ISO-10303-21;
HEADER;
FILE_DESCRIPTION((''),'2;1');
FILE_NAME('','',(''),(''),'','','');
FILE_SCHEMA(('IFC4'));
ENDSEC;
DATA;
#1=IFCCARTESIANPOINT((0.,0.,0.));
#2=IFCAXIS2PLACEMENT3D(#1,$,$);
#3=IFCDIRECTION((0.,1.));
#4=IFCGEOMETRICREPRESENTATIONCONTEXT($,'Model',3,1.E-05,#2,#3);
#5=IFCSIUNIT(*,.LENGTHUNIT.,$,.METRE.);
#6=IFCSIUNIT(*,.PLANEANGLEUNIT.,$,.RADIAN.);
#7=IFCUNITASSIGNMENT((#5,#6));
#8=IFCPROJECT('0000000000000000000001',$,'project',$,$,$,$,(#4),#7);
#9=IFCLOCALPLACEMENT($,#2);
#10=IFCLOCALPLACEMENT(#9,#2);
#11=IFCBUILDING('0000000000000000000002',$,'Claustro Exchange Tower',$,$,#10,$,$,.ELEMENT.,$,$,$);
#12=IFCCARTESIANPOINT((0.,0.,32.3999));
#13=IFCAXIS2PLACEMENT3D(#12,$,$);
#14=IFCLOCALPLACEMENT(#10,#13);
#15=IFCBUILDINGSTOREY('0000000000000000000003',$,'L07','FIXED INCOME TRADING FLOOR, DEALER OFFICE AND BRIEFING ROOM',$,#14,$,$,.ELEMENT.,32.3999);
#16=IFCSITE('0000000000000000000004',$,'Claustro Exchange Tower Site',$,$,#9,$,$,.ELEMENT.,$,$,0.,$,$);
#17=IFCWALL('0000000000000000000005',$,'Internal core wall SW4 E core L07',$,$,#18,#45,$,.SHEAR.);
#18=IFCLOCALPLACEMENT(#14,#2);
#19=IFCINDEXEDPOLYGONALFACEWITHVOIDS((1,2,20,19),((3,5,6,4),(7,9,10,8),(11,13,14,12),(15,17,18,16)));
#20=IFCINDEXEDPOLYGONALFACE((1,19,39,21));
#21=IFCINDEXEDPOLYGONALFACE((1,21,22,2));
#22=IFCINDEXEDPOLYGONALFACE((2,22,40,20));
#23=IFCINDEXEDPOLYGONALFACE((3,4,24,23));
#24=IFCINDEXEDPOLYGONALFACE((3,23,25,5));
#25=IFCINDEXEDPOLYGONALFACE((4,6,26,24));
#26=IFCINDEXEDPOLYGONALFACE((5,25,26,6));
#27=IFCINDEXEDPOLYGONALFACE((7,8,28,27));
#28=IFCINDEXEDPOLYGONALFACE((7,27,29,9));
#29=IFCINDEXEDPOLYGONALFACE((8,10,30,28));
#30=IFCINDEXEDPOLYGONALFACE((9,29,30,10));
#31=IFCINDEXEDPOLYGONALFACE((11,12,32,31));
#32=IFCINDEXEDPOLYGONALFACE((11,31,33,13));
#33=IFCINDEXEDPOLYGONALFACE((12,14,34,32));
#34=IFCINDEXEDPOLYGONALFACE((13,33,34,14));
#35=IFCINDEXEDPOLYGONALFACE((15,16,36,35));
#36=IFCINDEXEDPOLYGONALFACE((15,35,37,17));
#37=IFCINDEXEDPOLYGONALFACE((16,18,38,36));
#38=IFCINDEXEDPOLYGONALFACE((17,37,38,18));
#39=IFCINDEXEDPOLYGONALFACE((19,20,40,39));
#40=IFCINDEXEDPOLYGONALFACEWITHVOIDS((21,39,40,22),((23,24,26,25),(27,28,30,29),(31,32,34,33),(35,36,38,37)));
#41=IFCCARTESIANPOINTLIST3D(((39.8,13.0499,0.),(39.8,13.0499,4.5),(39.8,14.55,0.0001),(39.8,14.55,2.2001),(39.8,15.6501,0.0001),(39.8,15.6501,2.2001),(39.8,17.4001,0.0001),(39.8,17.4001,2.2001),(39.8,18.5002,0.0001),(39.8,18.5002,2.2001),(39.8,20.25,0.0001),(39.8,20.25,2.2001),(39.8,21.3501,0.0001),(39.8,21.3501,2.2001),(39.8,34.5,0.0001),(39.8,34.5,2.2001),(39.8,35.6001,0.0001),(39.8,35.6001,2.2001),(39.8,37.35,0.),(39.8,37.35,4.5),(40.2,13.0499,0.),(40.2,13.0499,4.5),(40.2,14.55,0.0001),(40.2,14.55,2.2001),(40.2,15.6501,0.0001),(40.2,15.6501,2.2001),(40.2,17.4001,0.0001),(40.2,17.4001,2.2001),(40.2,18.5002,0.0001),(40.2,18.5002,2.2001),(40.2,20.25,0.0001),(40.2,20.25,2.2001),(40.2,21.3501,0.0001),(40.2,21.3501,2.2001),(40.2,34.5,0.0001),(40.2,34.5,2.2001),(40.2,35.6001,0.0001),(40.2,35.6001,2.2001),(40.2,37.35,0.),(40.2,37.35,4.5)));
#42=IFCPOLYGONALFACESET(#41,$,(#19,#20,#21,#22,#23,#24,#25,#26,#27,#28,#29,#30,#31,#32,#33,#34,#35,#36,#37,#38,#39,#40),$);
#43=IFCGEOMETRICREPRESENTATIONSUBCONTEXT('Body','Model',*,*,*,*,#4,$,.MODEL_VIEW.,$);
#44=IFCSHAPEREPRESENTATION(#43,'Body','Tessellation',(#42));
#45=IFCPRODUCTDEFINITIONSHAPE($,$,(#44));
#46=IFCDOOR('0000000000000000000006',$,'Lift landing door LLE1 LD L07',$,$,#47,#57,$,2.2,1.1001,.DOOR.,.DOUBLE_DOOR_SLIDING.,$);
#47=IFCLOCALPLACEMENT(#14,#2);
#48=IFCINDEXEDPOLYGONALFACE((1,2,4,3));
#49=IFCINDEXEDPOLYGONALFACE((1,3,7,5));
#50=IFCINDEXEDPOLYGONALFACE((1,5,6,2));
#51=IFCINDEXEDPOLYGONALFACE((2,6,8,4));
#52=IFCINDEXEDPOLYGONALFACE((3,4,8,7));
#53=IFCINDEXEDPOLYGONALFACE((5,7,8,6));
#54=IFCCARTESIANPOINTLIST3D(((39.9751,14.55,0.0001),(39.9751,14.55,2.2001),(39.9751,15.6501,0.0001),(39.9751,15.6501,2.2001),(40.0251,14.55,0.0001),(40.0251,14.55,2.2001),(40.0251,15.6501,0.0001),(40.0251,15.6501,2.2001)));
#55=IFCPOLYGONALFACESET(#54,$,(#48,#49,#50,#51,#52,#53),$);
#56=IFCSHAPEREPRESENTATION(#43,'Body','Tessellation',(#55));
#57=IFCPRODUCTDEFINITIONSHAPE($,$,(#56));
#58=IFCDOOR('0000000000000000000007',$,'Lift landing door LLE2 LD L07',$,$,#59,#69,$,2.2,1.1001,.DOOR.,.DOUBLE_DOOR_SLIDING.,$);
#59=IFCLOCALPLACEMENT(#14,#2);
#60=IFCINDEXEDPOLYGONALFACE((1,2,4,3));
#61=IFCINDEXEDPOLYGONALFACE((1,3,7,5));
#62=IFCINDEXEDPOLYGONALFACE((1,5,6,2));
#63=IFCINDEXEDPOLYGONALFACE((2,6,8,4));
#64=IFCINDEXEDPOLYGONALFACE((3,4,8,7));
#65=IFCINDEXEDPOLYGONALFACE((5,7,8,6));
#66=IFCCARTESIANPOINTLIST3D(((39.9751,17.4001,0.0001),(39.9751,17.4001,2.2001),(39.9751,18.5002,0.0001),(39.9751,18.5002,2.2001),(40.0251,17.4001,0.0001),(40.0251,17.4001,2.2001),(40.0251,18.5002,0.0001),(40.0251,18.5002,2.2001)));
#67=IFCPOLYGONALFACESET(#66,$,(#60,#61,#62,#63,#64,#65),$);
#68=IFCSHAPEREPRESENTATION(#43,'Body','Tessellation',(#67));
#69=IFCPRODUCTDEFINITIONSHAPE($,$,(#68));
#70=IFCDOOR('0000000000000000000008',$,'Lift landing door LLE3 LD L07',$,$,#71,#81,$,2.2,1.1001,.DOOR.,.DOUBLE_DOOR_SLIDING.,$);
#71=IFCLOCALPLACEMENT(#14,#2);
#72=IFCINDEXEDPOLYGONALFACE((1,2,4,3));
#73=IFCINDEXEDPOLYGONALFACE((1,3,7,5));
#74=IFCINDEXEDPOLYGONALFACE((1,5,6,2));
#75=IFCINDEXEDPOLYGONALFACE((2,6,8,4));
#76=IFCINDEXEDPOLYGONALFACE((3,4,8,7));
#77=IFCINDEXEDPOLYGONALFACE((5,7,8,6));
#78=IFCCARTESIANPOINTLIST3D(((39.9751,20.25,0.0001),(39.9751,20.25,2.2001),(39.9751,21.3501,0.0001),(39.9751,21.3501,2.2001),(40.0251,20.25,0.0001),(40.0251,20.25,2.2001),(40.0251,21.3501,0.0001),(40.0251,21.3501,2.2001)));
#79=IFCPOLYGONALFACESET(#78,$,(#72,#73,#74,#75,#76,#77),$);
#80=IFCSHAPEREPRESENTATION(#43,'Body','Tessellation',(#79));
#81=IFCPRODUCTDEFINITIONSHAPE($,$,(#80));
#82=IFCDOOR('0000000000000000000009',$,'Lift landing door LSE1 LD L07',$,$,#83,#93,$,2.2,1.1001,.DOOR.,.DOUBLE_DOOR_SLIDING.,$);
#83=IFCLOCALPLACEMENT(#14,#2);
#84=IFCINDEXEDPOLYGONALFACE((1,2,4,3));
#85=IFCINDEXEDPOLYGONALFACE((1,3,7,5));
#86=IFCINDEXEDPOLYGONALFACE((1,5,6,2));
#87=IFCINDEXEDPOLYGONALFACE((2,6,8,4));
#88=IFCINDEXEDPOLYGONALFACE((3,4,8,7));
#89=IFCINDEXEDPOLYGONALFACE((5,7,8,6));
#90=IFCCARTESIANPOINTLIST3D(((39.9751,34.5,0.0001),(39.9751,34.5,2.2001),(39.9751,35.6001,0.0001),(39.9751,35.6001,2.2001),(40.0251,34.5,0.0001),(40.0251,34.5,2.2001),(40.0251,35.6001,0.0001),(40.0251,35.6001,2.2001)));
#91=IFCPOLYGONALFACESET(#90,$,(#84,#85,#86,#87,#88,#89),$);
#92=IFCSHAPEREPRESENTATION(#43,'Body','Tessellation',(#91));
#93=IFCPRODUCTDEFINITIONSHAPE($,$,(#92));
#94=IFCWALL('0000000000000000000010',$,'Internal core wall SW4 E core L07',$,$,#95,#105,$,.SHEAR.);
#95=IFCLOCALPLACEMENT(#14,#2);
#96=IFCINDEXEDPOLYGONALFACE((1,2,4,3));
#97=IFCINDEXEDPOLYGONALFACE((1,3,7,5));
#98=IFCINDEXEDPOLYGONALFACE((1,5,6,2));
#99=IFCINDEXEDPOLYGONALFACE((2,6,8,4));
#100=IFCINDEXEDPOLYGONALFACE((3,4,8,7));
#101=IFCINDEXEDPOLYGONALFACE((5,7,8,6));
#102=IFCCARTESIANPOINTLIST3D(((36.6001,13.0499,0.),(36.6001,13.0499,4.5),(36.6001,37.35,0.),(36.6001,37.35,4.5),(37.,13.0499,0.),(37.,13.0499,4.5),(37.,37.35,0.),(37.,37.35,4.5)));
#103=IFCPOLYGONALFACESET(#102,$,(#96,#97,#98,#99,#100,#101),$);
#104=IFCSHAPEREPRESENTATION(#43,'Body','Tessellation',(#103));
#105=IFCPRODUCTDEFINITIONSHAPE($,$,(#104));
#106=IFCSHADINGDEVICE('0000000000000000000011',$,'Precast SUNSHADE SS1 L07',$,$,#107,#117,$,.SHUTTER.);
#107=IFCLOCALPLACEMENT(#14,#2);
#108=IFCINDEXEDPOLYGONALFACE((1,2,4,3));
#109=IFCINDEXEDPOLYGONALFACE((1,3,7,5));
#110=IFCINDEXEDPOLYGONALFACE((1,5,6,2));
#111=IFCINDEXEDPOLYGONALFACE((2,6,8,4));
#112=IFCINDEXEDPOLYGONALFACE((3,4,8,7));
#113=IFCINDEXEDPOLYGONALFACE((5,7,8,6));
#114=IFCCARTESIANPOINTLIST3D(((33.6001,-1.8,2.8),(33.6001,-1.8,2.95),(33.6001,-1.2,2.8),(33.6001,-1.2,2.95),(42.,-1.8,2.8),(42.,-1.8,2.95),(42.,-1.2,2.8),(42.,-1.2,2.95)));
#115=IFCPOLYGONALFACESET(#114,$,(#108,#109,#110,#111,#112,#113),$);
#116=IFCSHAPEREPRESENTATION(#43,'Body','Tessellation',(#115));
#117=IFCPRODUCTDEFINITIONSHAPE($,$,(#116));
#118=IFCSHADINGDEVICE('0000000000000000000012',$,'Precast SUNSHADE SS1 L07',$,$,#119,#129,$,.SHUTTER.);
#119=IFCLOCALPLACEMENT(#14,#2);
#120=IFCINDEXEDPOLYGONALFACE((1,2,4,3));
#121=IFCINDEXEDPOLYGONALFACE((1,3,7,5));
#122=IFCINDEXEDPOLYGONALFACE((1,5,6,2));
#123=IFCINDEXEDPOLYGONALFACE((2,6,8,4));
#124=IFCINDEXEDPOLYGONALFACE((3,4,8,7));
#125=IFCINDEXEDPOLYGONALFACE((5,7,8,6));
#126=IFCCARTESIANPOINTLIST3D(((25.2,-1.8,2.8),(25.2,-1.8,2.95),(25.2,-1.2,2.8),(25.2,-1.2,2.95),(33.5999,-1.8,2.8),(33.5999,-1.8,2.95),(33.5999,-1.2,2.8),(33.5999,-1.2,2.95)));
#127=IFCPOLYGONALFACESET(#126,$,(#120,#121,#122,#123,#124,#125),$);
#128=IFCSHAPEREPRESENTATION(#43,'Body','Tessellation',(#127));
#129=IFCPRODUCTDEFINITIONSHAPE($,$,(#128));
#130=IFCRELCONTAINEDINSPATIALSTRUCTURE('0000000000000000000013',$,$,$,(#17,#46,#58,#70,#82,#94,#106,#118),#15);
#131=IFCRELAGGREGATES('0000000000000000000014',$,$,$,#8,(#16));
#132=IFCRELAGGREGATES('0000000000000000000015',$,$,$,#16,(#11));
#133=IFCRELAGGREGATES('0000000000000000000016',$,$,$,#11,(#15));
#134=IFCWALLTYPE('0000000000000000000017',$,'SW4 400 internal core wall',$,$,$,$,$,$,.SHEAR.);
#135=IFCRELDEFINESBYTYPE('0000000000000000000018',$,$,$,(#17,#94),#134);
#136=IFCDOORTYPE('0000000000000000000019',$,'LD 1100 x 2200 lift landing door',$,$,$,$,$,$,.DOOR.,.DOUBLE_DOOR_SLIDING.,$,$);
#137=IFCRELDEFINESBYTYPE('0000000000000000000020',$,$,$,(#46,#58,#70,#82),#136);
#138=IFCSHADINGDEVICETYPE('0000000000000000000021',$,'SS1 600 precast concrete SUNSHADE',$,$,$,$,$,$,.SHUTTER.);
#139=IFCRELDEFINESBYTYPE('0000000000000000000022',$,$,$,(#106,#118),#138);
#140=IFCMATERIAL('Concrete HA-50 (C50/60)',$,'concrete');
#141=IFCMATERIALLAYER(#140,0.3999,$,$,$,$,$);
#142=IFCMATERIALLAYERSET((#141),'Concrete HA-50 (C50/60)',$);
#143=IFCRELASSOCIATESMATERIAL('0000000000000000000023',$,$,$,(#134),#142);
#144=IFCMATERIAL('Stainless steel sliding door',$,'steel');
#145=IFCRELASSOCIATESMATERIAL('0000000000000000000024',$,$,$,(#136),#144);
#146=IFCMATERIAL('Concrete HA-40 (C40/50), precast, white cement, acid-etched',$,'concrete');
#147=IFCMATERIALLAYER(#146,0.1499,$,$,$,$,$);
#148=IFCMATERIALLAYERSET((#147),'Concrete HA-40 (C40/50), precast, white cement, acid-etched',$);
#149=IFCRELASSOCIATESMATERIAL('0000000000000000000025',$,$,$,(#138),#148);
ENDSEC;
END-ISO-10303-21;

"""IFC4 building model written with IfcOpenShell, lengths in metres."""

from ifc_helpers import new_model, si_unit, direction, frame, frame_2d, origin, origin_2d, place, context, subcontext, project, spatial, rectangle, extrude, material, layer, layer_set, type_object, element, fill, save


model = new_model("IFC4")

# Units and contexts
model_context = context("Model", 3, precision=1e-05, world=origin(), true_north=direction((0.0, 1.0)))
body_context = subcontext(model_context, "Body", "Model", "MODEL_VIEW")
ifc_project = project(units=[si_unit("LENGTHUNIT", "METRE"), si_unit("PLANEANGLEUNIT", "RADIAN")], contexts=[model_context])

# Site, building, storey
site_placement = place(None, origin())
site = spatial("IfcSite", under=ifc_project, at=site_placement, Name="Claustro Exchange Tower Site", CompositionType="ELEMENT", RefElevation=0.0)
building_placement = place(site_placement, origin())
building = spatial("IfcBuilding", under=site, at=building_placement, Name="Claustro Exchange Tower", CompositionType="ELEMENT")
storey_placement = place(building_placement, frame((0.0, 0.0, 32.3999)))
storey = spatial("IfcBuildingStorey", under=building, at=storey_placement, Name="L07", Description="FIXED INCOME TRADING FLOOR, DEALER OFFICE AND BRIEFING ROOM", CompositionType="ELEMENT", Elevation=32.3999)

# Wall, openings, doors
ifc_material_1 = material(Name="Concrete HA-50 (C50/60)", Category="concrete")
ifc_layer_1 = layer(ifc_material_1, 0.3999)
ifc_layer_set_1 = layer_set([ifc_layer_1], Name="Concrete HA-50 (C50/60)")
wall_type_1 = type_object("IfcWallType", Name="SW4 400 internal core wall", PredefinedType="SHEAR", material=ifc_layer_set_1)
wall_1_placement = place(storey_placement, frame((40.0, 13.05, 0.0), z_axis=(0.0, 0.0, 1.0), x_axis=(0.0, 1.0, 0.0)))
wall_1 = element("IfcWall", 1, at=wall_1_placement, inside=storey, type_object=wall_type_1, Name="Internal core wall SW4 E core L07", PredefinedType="SHEAR", context=body_context, shape_type="SweptSolid", body=[
    extrude(rectangle(XDim=24.3, YDim=0.3999, at=frame_2d((12.1499, 0.0))), origin(), (0.0, 0.0, 1.0), 4.5),
])
opening_1_placement = place(wall_1_placement, frame((1.5, 0.0, 0.0)))
opening_1 = element("IfcOpeningElement", 2, at=opening_1_placement, cuts=wall_1, PredefinedType="OPENING", context=body_context, shape_type="SweptSolid", body=[
    extrude(rectangle(XDim=1.1001, YDim=2.2, at=frame_2d((0.55, 1.1001))), frame((0.0, 0.21, 0.0), z_axis=(0.0, -1.0, 0.0), x_axis=(1.0, 0.0, 0.0)), (0.0, 0.0, 1.0), 0.4199),
])
opening_2_placement = place(wall_1_placement, frame((4.3501, 0.0, 0.0)))
opening_2 = element("IfcOpeningElement", 3, at=opening_2_placement, cuts=wall_1, PredefinedType="OPENING", context=body_context, shape_type="SweptSolid", body=[
    extrude(rectangle(XDim=1.1001, YDim=2.2, at=frame_2d((0.55, 1.1001))), frame((0.0, 0.21, 0.0), z_axis=(0.0, -1.0, 0.0), x_axis=(1.0, 0.0, 0.0)), (0.0, 0.0, 1.0), 0.4199),
])
opening_3_placement = place(wall_1_placement, frame((7.2, 0.0, 0.0)))
opening_3 = element("IfcOpeningElement", 4, at=opening_3_placement, cuts=wall_1, PredefinedType="OPENING", context=body_context, shape_type="SweptSolid", body=[
    extrude(rectangle(XDim=1.1001, YDim=2.2, at=frame_2d((0.55, 1.1001))), frame((0.0, 0.21, 0.0), z_axis=(0.0, -1.0, 0.0), x_axis=(1.0, 0.0, 0.0)), (0.0, 0.0, 1.0), 0.4199),
])
opening_4_placement = place(wall_1_placement, frame((21.45, 0.0, 0.0)))
opening_4 = element("IfcOpeningElement", 5, at=opening_4_placement, cuts=wall_1, PredefinedType="OPENING", context=body_context, shape_type="SweptSolid", body=[
    extrude(rectangle(XDim=1.1001, YDim=2.2, at=frame_2d((0.55, 1.1001))), frame((0.0, 0.21, 0.0), z_axis=(0.0, -1.0, 0.0), x_axis=(1.0, 0.0, 0.0)), (0.0, 0.0, 1.0), 0.4199),
])
ifc_material_2 = material(Name="Stainless steel sliding door", Category="steel")
door_type_1 = type_object("IfcDoorType", Name="LD 1100 x 2200 lift landing door", OperationType="DOUBLE_DOOR_SLIDING", PredefinedType="DOOR", material=ifc_material_2)
door_1_placement = place(opening_1_placement, origin())
door_1 = element("IfcDoor", 6, at=door_1_placement, inside=storey, type_object=door_type_1, Name="Lift landing door LLE1 LD L07", OperationType="DOUBLE_DOOR_SLIDING", OverallHeight=2.2, OverallWidth=1.1001, PredefinedType="DOOR", context=body_context, shape_type="SweptSolid", body=[
    extrude(rectangle(XDim=1.1001, YDim=2.2, at=frame_2d((0.55, 1.1001))), frame((0.0, 0.0249, 0.0), z_axis=(0.0, -1.0, 0.0), x_axis=(1.0, 0.0, 0.0)), (0.0, 0.0, 1.0), 0.05),
])
fill(opening_1, door_1)
door_2_placement = place(opening_2_placement, origin())
door_2 = element("IfcDoor", 7, at=door_2_placement, inside=storey, type_object=door_type_1, Name="Lift landing door LLE2 LD L07", OperationType="DOUBLE_DOOR_SLIDING", OverallHeight=2.2, OverallWidth=1.1001, PredefinedType="DOOR", context=body_context, shape_type="SweptSolid", body=[
    extrude(rectangle(XDim=1.1001, YDim=2.2, at=frame_2d((0.55, 1.1001))), frame((0.0, 0.0249, 0.0), z_axis=(0.0, -1.0, 0.0), x_axis=(1.0, 0.0, 0.0)), (0.0, 0.0, 1.0), 0.05),
])
fill(opening_2, door_2)
door_3_placement = place(opening_3_placement, origin())
door_3 = element("IfcDoor", 8, at=door_3_placement, inside=storey, type_object=door_type_1, Name="Lift landing door LLE3 LD L07", OperationType="DOUBLE_DOOR_SLIDING", OverallHeight=2.2, OverallWidth=1.1001, PredefinedType="DOOR", context=body_context, shape_type="SweptSolid", body=[
    extrude(rectangle(XDim=1.1001, YDim=2.2, at=frame_2d((0.55, 1.1001))), frame((0.0, 0.0249, 0.0), z_axis=(0.0, -1.0, 0.0), x_axis=(1.0, 0.0, 0.0)), (0.0, 0.0, 1.0), 0.05),
])
fill(opening_3, door_3)
door_4_placement = place(opening_4_placement, origin())
door_4 = element("IfcDoor", 9, at=door_4_placement, inside=storey, type_object=door_type_1, Name="Lift landing door LSE1 LD L07", OperationType="DOUBLE_DOOR_SLIDING", OverallHeight=2.2, OverallWidth=1.1001, PredefinedType="DOOR", context=body_context, shape_type="SweptSolid", body=[
    extrude(rectangle(XDim=1.1001, YDim=2.2, at=frame_2d((0.55, 1.1001))), frame((0.0, 0.0249, 0.0), z_axis=(0.0, -1.0, 0.0), x_axis=(1.0, 0.0, 0.0)), (0.0, 0.0, 1.0), 0.05),
])
fill(opening_4, door_4)

# Wall
wall_2_placement = place(storey_placement, frame((36.8, 13.05, 0.0), z_axis=(0.0, 0.0, 1.0), x_axis=(0.0, 1.0, 0.0)))
element("IfcWall", 10, at=wall_2_placement, inside=storey, type_object=wall_type_1, Name="Internal core wall SW4 E core L07", PredefinedType="SHEAR", context=body_context, shape_type="SweptSolid", body=[
    extrude(rectangle(XDim=24.3, YDim=0.3999, at=frame_2d((12.1499, 0.0))), origin(), (0.0, 0.0, 1.0), 4.5),
])

# Shading devices
ifc_material_3 = material(Name="Concrete HA-40 (C40/50), precast, white cement, acid-etched", Category="concrete")
ifc_layer_2 = layer(ifc_material_3, 0.1499)
ifc_layer_set_2 = layer_set([ifc_layer_2], Name="Concrete HA-40 (C40/50), precast, white cement, acid-etched")
shading_device_type = type_object("IfcShadingDeviceType", Name="SS1 600 precast concrete SUNSHADE", PredefinedType="SHUTTER", material=ifc_layer_set_2)
for number, where, z_axis, x_axis, name in (
    (11, (37.8, -1.5, 2.8), (0.0, 0.0, 1.0), (-1.0, 0.0, 0.0), "Precast SUNSHADE SS1 L07"),
    (12, (29.3999, -1.5, 2.8), (0.0, 0.0, 1.0), (-1.0, 0.0, 0.0), "Precast SUNSHADE SS1 L07"),
):
    element("IfcShadingDevice", number, at=place(storey_placement, frame(where, z_axis=z_axis, x_axis=x_axis)), inside=storey, type_object=shading_device_type, Name=name, PredefinedType="SHUTTER", context=body_context, shape_type="SweptSolid", body=[
        extrude(rectangle(XDim=8.3999, YDim=0.6001, at=origin_2d()), origin(), (0.0, 0.0, 1.0), 0.1499),
    ])

save(model, "model.ifc")
